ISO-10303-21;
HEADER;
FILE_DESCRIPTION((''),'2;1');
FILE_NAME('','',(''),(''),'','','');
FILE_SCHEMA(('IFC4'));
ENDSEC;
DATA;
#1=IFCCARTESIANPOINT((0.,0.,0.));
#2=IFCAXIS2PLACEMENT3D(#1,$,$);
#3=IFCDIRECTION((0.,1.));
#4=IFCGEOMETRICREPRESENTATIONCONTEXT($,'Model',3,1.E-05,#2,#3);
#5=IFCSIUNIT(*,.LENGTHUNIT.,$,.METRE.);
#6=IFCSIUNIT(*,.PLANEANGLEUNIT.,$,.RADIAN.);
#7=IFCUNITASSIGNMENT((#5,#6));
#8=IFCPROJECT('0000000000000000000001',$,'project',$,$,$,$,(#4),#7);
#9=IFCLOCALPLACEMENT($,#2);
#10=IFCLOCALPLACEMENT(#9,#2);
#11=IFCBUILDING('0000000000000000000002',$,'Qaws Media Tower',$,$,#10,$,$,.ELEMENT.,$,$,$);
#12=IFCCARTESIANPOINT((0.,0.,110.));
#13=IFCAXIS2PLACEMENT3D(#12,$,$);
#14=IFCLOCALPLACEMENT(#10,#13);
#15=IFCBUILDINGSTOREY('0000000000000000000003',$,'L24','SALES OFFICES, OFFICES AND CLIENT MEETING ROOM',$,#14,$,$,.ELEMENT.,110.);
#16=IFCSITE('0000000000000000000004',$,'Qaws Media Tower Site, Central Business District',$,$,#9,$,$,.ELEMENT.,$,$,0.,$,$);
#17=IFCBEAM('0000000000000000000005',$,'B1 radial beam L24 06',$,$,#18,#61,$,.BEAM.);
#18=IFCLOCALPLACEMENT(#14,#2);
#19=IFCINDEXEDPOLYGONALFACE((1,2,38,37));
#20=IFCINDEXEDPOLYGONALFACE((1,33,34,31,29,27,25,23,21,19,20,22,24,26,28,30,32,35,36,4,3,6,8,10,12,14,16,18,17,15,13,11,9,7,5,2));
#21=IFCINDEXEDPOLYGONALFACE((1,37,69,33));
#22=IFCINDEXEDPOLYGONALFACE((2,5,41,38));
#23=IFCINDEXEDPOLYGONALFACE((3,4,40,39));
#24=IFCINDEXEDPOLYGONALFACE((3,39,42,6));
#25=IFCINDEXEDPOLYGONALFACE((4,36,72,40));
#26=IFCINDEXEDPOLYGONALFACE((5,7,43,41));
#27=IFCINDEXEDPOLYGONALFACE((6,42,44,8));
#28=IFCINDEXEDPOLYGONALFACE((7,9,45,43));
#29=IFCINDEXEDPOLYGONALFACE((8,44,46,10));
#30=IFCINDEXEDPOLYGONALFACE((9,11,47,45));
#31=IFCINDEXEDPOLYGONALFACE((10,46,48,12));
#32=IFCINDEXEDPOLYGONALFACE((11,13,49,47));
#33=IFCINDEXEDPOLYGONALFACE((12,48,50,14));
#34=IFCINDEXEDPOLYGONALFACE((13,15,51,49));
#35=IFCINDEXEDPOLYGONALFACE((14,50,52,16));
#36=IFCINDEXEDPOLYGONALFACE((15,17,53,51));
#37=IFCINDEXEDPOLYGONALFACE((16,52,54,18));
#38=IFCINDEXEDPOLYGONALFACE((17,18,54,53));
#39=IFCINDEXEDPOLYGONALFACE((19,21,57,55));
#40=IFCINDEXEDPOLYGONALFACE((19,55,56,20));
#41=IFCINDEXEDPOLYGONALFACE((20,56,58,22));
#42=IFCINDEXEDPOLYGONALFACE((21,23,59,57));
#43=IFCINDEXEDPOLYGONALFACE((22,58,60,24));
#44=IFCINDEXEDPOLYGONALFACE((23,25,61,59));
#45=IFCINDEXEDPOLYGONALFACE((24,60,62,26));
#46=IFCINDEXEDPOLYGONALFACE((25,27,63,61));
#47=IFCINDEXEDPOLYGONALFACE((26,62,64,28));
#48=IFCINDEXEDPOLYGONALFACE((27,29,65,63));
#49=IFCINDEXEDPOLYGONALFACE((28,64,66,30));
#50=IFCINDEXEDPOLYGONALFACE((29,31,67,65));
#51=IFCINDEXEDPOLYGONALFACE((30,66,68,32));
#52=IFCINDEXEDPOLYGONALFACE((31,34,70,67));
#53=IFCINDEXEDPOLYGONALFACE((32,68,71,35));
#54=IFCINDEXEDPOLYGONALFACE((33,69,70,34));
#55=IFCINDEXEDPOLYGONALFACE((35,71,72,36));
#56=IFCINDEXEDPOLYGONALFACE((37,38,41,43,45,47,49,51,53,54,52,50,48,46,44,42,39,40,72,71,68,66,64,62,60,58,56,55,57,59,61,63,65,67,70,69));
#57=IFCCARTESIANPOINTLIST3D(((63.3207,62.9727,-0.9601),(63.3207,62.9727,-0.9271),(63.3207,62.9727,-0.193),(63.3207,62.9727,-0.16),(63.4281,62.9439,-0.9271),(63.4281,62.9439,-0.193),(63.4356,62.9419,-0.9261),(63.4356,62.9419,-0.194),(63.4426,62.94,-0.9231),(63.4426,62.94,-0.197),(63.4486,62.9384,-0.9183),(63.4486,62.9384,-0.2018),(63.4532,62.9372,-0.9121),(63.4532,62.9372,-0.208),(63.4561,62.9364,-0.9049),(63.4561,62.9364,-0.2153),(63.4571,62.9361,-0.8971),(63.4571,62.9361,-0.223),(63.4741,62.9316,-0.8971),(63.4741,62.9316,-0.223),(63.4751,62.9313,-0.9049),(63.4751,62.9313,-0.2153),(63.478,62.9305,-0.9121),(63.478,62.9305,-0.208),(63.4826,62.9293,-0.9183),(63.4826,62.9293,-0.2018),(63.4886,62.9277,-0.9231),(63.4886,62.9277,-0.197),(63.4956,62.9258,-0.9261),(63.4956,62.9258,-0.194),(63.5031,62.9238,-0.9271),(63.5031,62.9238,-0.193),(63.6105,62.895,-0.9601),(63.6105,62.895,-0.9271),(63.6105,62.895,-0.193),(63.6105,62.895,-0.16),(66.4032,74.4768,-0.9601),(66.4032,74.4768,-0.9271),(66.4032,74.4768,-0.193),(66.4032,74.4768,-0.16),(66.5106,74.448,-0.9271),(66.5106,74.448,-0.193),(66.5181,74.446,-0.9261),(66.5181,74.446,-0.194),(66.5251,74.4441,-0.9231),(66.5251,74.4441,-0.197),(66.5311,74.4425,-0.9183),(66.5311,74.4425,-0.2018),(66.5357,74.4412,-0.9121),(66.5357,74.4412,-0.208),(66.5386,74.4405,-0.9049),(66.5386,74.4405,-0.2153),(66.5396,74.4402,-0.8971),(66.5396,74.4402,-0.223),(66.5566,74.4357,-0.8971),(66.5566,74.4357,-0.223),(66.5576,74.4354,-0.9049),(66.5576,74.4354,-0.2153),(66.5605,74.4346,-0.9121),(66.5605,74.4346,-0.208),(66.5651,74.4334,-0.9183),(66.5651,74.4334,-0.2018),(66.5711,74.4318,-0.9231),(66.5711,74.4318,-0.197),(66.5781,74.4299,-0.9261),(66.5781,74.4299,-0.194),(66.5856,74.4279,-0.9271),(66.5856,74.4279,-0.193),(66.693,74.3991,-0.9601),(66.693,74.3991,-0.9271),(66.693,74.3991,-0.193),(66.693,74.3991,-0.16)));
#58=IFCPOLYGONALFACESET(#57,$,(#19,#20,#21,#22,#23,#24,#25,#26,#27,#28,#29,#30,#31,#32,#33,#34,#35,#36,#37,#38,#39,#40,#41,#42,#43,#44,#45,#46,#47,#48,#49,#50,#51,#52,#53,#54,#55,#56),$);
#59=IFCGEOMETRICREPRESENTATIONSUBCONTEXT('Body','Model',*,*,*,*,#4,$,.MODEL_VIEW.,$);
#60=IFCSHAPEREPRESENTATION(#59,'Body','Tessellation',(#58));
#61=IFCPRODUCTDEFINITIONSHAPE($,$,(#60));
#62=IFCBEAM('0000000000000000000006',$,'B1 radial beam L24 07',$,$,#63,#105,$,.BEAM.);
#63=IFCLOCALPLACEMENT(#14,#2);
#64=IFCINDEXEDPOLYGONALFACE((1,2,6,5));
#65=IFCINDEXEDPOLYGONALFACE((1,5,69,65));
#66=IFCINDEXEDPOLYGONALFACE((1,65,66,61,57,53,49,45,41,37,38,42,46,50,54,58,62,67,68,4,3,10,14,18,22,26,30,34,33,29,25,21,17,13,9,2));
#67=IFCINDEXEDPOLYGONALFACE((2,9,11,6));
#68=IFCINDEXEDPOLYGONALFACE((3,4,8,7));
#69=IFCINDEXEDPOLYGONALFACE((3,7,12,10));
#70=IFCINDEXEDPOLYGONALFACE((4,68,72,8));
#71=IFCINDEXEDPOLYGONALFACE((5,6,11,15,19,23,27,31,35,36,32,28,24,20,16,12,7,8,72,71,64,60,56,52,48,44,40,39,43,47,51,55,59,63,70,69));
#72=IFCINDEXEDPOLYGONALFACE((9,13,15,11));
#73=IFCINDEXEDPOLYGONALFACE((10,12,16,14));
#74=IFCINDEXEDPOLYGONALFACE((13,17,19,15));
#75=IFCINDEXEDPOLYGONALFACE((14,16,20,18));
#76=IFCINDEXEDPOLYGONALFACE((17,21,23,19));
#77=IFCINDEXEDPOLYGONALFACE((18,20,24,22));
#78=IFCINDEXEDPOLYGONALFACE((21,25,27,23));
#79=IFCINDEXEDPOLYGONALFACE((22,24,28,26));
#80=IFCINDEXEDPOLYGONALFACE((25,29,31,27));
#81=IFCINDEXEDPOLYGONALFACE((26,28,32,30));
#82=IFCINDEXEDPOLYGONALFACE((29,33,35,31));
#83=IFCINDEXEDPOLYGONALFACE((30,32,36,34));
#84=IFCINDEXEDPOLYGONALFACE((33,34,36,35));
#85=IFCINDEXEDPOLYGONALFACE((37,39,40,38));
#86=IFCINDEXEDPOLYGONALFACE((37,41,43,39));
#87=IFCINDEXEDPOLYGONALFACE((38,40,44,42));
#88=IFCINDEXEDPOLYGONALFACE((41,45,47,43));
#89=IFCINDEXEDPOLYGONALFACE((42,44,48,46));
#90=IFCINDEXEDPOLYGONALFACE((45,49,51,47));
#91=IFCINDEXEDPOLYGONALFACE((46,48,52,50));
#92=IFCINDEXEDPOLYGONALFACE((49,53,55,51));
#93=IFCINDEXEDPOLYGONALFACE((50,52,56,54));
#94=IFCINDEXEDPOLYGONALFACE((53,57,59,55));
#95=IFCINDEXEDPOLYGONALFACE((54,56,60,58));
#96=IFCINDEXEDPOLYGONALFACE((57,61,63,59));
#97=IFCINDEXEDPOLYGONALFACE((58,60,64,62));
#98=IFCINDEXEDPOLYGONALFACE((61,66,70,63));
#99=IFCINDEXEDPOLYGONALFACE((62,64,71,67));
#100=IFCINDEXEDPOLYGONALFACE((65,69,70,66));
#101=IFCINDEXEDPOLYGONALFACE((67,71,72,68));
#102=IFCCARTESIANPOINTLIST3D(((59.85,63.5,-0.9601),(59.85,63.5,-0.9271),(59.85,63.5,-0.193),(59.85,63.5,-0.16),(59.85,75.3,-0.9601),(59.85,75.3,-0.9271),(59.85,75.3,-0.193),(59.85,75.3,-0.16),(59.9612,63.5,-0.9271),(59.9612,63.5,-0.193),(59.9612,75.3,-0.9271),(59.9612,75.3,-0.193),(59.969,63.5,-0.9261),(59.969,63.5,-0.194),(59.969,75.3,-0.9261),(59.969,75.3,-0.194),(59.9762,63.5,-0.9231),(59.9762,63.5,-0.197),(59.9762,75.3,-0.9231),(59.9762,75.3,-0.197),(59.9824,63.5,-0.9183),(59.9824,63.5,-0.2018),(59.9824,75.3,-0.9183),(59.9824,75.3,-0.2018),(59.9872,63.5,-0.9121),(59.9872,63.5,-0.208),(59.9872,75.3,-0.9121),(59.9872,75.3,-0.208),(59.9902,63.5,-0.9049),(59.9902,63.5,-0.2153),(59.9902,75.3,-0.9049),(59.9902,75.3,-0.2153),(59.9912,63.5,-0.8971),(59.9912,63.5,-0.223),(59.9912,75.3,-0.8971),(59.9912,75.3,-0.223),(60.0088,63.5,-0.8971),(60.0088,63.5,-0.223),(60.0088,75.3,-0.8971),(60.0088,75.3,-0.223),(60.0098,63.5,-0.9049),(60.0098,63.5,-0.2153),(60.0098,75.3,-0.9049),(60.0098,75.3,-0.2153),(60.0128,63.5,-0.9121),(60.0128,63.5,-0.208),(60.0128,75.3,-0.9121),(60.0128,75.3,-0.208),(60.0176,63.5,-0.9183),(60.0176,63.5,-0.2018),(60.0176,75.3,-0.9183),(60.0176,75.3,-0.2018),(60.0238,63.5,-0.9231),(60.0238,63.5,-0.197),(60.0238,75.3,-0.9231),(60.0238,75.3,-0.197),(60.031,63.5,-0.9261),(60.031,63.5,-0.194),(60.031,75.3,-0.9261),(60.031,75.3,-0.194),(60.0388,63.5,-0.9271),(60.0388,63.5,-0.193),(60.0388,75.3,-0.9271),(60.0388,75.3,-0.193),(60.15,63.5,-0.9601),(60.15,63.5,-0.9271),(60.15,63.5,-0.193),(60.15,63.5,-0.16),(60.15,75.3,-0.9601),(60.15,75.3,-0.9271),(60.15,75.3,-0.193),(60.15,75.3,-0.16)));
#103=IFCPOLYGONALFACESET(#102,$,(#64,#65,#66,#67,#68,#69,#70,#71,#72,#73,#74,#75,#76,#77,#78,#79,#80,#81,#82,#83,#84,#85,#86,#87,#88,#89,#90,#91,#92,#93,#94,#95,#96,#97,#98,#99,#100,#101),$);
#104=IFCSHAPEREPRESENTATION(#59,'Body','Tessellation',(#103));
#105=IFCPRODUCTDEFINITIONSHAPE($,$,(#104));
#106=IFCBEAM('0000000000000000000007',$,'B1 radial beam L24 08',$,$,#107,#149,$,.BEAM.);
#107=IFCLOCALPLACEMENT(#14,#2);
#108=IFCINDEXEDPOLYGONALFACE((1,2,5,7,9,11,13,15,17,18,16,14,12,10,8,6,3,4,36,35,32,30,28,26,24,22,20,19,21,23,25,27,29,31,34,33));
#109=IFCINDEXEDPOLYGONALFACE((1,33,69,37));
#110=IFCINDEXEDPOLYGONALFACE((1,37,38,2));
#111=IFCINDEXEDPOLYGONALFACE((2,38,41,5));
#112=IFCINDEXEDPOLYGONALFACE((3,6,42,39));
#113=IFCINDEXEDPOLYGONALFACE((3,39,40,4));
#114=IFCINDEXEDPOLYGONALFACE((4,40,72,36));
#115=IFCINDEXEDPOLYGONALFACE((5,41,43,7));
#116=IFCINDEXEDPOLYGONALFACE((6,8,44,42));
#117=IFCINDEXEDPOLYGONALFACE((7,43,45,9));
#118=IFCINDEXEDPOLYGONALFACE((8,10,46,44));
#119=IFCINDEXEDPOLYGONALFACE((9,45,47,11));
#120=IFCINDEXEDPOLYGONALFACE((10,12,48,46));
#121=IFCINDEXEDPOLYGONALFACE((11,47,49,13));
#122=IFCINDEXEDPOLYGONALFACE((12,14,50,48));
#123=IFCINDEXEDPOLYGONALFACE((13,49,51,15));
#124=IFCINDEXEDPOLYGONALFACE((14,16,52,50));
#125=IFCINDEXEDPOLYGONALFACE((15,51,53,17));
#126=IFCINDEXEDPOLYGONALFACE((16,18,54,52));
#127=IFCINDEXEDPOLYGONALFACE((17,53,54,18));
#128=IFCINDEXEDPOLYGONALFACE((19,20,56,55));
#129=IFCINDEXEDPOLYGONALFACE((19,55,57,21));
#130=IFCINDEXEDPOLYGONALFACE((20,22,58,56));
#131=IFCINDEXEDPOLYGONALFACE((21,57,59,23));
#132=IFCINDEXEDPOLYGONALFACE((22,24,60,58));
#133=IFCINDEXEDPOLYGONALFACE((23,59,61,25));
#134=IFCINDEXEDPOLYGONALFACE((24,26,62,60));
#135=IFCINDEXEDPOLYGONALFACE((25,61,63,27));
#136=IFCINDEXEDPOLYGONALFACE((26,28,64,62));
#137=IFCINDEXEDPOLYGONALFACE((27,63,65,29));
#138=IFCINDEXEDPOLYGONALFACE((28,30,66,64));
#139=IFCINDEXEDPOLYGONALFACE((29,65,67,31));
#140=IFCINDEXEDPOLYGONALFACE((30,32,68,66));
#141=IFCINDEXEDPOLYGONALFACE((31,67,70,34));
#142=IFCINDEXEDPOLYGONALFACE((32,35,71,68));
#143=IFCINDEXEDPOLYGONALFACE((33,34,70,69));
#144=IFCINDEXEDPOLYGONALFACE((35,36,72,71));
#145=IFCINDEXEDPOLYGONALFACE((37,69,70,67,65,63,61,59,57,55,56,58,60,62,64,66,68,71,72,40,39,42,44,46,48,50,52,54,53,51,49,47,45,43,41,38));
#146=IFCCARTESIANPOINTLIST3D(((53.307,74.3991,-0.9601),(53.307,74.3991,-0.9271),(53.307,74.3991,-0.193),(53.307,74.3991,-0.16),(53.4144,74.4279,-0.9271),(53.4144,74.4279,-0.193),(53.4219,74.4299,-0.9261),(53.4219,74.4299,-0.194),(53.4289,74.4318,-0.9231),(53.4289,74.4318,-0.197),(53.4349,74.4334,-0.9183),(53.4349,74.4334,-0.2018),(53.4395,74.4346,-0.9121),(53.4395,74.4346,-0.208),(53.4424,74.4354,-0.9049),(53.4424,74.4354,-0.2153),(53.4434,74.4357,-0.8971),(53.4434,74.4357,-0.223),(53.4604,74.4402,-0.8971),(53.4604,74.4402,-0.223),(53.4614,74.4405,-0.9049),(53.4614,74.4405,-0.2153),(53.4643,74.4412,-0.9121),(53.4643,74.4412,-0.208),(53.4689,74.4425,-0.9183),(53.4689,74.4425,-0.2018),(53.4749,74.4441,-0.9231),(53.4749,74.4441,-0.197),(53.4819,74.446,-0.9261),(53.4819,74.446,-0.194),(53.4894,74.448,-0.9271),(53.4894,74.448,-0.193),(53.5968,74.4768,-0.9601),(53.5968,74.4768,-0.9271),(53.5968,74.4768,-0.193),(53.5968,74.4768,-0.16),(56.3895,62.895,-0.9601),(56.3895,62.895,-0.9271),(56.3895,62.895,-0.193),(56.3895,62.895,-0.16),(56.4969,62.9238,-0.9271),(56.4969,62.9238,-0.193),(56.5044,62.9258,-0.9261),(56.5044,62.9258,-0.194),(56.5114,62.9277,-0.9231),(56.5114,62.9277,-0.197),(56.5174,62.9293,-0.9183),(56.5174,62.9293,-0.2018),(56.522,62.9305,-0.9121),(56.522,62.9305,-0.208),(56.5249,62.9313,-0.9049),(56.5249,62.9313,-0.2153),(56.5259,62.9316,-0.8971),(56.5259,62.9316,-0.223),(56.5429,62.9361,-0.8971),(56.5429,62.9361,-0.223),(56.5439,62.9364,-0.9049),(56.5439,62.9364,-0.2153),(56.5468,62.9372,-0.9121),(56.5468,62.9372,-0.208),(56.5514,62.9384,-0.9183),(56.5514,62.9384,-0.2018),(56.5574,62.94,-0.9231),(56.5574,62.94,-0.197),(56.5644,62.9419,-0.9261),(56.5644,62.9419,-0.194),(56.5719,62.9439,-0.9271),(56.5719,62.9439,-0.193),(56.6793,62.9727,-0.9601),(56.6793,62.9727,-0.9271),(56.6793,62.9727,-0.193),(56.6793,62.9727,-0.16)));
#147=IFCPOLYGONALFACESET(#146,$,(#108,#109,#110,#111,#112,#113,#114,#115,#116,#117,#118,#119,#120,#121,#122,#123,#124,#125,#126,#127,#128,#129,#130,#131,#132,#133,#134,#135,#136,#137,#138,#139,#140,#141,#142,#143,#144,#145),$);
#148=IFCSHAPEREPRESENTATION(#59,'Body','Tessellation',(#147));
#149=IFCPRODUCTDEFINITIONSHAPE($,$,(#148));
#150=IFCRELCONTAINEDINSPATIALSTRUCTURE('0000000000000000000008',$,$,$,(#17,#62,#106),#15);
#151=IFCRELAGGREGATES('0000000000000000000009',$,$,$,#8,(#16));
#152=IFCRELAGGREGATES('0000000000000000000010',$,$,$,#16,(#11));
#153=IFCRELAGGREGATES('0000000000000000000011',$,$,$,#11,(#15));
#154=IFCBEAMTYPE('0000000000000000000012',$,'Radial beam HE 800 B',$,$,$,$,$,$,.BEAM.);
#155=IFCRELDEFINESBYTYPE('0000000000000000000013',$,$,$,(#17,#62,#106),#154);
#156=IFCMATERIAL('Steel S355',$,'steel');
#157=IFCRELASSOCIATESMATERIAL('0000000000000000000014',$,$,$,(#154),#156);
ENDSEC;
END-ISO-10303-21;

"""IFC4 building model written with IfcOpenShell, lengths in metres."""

from ifc_helpers import new_model, si_unit, direction, frame, origin, origin_2d, place, context, subcontext, project, spatial, i_section, extrude, material, material_profile, profile_set, type_object, element, save


model = new_model("IFC4")

# Units and contexts
model_context = context("Model", 3, precision=1e-05, world=origin(), true_north=direction((0.0, 1.0)))
body_context = subcontext(model_context, "Body", "Model", "MODEL_VIEW")
ifc_project = project(units=[si_unit("LENGTHUNIT", "METRE"), si_unit("PLANEANGLEUNIT", "RADIAN")], contexts=[model_context])

# Site, building, storey
site_placement = place(None, origin())
site = spatial("IfcSite", under=ifc_project, at=site_placement, Name="Qaws Media Tower Site, Central Business District", CompositionType="ELEMENT", RefElevation=0.0)
building_placement = place(site_placement, origin())
building = spatial("IfcBuilding", under=site, at=building_placement, Name="Qaws Media Tower", CompositionType="ELEMENT")
storey_placement = place(building_placement, frame((0.0, 0.0, 110.0)))
storey = spatial("IfcBuildingStorey", under=building, at=storey_placement, Name="L24", Description="SALES OFFICES, OFFICES AND CLIENT MEETING ROOM", CompositionType="ELEMENT", Elevation=110.0)

# Beams
ifc_material_1 = material(Name="Steel S355", Category="steel")
ifc_material_profile_1 = material_profile(ifc_material_1, i_section(OverallWidth=0.3, OverallDepth=0.8, WebThickness=0.0176, FlangeThickness=0.033, FilletRadius=0.03, at=origin_2d()), Name="HE 800 B")
ifc_profile_set_1 = profile_set([ifc_material_profile_1], Name="Steel S355")
beam_type_1 = type_object("IfcBeamType", Name="Radial beam HE 800 B", PredefinedType="BEAM", material=ifc_profile_set_1)
beam_1_placement = place(storey_placement, frame((63.4656, 62.9338, -0.5601), z_axis=(0.258818, 0.965926, 0.0), x_axis=(-0.965926, 0.258818, 0.0)))
element("IfcBeam", 1, at=beam_1_placement, inside=storey, type_object=beam_type_1, Name="B1 radial beam L24 06", PredefinedType="BEAM", context=body_context, shape_type="SweptSolid", body=[
    extrude(i_section(OverallWidth=0.3, OverallDepth=0.8, WebThickness=0.0176, FlangeThickness=0.033, FilletRadius=0.03, at=origin_2d()), origin(), (0.0, 0.0, 1.0), 11.9099),
])
beam_2_placement = place(storey_placement, frame((60.0, 63.5, -0.5601), z_axis=(0.0, 1.0, 0.0), x_axis=(-1.0, 0.0, 0.0)))
element("IfcBeam", 2, at=beam_2_placement, inside=storey, type_object=beam_type_1, Name="B1 radial beam L24 07", PredefinedType="BEAM", context=body_context, shape_type="SweptSolid", body=[
    extrude(i_section(OverallWidth=0.3, OverallDepth=0.8, WebThickness=0.0176, FlangeThickness=0.033, FilletRadius=0.03, at=origin_2d()), origin(), (0.0, 0.0, 1.0), 11.8),
])
beam_3_placement = place(storey_placement, frame((56.5344, 62.9338, -0.5601), z_axis=(-0.258818, 0.965926, 0.0), x_axis=(-0.965926, -0.258818, 0.0)))
element("IfcBeam", 3, at=beam_3_placement, inside=storey, type_object=beam_type_1, Name="B1 radial beam L24 08", PredefinedType="BEAM", context=body_context, shape_type="SweptSolid", body=[
    extrude(i_section(OverallWidth=0.3, OverallDepth=0.8, WebThickness=0.0176, FlangeThickness=0.033, FilletRadius=0.03, at=origin_2d()), origin(), (0.0, 0.0, 1.0), 11.9099),
])

save(model, "model.ifc")
